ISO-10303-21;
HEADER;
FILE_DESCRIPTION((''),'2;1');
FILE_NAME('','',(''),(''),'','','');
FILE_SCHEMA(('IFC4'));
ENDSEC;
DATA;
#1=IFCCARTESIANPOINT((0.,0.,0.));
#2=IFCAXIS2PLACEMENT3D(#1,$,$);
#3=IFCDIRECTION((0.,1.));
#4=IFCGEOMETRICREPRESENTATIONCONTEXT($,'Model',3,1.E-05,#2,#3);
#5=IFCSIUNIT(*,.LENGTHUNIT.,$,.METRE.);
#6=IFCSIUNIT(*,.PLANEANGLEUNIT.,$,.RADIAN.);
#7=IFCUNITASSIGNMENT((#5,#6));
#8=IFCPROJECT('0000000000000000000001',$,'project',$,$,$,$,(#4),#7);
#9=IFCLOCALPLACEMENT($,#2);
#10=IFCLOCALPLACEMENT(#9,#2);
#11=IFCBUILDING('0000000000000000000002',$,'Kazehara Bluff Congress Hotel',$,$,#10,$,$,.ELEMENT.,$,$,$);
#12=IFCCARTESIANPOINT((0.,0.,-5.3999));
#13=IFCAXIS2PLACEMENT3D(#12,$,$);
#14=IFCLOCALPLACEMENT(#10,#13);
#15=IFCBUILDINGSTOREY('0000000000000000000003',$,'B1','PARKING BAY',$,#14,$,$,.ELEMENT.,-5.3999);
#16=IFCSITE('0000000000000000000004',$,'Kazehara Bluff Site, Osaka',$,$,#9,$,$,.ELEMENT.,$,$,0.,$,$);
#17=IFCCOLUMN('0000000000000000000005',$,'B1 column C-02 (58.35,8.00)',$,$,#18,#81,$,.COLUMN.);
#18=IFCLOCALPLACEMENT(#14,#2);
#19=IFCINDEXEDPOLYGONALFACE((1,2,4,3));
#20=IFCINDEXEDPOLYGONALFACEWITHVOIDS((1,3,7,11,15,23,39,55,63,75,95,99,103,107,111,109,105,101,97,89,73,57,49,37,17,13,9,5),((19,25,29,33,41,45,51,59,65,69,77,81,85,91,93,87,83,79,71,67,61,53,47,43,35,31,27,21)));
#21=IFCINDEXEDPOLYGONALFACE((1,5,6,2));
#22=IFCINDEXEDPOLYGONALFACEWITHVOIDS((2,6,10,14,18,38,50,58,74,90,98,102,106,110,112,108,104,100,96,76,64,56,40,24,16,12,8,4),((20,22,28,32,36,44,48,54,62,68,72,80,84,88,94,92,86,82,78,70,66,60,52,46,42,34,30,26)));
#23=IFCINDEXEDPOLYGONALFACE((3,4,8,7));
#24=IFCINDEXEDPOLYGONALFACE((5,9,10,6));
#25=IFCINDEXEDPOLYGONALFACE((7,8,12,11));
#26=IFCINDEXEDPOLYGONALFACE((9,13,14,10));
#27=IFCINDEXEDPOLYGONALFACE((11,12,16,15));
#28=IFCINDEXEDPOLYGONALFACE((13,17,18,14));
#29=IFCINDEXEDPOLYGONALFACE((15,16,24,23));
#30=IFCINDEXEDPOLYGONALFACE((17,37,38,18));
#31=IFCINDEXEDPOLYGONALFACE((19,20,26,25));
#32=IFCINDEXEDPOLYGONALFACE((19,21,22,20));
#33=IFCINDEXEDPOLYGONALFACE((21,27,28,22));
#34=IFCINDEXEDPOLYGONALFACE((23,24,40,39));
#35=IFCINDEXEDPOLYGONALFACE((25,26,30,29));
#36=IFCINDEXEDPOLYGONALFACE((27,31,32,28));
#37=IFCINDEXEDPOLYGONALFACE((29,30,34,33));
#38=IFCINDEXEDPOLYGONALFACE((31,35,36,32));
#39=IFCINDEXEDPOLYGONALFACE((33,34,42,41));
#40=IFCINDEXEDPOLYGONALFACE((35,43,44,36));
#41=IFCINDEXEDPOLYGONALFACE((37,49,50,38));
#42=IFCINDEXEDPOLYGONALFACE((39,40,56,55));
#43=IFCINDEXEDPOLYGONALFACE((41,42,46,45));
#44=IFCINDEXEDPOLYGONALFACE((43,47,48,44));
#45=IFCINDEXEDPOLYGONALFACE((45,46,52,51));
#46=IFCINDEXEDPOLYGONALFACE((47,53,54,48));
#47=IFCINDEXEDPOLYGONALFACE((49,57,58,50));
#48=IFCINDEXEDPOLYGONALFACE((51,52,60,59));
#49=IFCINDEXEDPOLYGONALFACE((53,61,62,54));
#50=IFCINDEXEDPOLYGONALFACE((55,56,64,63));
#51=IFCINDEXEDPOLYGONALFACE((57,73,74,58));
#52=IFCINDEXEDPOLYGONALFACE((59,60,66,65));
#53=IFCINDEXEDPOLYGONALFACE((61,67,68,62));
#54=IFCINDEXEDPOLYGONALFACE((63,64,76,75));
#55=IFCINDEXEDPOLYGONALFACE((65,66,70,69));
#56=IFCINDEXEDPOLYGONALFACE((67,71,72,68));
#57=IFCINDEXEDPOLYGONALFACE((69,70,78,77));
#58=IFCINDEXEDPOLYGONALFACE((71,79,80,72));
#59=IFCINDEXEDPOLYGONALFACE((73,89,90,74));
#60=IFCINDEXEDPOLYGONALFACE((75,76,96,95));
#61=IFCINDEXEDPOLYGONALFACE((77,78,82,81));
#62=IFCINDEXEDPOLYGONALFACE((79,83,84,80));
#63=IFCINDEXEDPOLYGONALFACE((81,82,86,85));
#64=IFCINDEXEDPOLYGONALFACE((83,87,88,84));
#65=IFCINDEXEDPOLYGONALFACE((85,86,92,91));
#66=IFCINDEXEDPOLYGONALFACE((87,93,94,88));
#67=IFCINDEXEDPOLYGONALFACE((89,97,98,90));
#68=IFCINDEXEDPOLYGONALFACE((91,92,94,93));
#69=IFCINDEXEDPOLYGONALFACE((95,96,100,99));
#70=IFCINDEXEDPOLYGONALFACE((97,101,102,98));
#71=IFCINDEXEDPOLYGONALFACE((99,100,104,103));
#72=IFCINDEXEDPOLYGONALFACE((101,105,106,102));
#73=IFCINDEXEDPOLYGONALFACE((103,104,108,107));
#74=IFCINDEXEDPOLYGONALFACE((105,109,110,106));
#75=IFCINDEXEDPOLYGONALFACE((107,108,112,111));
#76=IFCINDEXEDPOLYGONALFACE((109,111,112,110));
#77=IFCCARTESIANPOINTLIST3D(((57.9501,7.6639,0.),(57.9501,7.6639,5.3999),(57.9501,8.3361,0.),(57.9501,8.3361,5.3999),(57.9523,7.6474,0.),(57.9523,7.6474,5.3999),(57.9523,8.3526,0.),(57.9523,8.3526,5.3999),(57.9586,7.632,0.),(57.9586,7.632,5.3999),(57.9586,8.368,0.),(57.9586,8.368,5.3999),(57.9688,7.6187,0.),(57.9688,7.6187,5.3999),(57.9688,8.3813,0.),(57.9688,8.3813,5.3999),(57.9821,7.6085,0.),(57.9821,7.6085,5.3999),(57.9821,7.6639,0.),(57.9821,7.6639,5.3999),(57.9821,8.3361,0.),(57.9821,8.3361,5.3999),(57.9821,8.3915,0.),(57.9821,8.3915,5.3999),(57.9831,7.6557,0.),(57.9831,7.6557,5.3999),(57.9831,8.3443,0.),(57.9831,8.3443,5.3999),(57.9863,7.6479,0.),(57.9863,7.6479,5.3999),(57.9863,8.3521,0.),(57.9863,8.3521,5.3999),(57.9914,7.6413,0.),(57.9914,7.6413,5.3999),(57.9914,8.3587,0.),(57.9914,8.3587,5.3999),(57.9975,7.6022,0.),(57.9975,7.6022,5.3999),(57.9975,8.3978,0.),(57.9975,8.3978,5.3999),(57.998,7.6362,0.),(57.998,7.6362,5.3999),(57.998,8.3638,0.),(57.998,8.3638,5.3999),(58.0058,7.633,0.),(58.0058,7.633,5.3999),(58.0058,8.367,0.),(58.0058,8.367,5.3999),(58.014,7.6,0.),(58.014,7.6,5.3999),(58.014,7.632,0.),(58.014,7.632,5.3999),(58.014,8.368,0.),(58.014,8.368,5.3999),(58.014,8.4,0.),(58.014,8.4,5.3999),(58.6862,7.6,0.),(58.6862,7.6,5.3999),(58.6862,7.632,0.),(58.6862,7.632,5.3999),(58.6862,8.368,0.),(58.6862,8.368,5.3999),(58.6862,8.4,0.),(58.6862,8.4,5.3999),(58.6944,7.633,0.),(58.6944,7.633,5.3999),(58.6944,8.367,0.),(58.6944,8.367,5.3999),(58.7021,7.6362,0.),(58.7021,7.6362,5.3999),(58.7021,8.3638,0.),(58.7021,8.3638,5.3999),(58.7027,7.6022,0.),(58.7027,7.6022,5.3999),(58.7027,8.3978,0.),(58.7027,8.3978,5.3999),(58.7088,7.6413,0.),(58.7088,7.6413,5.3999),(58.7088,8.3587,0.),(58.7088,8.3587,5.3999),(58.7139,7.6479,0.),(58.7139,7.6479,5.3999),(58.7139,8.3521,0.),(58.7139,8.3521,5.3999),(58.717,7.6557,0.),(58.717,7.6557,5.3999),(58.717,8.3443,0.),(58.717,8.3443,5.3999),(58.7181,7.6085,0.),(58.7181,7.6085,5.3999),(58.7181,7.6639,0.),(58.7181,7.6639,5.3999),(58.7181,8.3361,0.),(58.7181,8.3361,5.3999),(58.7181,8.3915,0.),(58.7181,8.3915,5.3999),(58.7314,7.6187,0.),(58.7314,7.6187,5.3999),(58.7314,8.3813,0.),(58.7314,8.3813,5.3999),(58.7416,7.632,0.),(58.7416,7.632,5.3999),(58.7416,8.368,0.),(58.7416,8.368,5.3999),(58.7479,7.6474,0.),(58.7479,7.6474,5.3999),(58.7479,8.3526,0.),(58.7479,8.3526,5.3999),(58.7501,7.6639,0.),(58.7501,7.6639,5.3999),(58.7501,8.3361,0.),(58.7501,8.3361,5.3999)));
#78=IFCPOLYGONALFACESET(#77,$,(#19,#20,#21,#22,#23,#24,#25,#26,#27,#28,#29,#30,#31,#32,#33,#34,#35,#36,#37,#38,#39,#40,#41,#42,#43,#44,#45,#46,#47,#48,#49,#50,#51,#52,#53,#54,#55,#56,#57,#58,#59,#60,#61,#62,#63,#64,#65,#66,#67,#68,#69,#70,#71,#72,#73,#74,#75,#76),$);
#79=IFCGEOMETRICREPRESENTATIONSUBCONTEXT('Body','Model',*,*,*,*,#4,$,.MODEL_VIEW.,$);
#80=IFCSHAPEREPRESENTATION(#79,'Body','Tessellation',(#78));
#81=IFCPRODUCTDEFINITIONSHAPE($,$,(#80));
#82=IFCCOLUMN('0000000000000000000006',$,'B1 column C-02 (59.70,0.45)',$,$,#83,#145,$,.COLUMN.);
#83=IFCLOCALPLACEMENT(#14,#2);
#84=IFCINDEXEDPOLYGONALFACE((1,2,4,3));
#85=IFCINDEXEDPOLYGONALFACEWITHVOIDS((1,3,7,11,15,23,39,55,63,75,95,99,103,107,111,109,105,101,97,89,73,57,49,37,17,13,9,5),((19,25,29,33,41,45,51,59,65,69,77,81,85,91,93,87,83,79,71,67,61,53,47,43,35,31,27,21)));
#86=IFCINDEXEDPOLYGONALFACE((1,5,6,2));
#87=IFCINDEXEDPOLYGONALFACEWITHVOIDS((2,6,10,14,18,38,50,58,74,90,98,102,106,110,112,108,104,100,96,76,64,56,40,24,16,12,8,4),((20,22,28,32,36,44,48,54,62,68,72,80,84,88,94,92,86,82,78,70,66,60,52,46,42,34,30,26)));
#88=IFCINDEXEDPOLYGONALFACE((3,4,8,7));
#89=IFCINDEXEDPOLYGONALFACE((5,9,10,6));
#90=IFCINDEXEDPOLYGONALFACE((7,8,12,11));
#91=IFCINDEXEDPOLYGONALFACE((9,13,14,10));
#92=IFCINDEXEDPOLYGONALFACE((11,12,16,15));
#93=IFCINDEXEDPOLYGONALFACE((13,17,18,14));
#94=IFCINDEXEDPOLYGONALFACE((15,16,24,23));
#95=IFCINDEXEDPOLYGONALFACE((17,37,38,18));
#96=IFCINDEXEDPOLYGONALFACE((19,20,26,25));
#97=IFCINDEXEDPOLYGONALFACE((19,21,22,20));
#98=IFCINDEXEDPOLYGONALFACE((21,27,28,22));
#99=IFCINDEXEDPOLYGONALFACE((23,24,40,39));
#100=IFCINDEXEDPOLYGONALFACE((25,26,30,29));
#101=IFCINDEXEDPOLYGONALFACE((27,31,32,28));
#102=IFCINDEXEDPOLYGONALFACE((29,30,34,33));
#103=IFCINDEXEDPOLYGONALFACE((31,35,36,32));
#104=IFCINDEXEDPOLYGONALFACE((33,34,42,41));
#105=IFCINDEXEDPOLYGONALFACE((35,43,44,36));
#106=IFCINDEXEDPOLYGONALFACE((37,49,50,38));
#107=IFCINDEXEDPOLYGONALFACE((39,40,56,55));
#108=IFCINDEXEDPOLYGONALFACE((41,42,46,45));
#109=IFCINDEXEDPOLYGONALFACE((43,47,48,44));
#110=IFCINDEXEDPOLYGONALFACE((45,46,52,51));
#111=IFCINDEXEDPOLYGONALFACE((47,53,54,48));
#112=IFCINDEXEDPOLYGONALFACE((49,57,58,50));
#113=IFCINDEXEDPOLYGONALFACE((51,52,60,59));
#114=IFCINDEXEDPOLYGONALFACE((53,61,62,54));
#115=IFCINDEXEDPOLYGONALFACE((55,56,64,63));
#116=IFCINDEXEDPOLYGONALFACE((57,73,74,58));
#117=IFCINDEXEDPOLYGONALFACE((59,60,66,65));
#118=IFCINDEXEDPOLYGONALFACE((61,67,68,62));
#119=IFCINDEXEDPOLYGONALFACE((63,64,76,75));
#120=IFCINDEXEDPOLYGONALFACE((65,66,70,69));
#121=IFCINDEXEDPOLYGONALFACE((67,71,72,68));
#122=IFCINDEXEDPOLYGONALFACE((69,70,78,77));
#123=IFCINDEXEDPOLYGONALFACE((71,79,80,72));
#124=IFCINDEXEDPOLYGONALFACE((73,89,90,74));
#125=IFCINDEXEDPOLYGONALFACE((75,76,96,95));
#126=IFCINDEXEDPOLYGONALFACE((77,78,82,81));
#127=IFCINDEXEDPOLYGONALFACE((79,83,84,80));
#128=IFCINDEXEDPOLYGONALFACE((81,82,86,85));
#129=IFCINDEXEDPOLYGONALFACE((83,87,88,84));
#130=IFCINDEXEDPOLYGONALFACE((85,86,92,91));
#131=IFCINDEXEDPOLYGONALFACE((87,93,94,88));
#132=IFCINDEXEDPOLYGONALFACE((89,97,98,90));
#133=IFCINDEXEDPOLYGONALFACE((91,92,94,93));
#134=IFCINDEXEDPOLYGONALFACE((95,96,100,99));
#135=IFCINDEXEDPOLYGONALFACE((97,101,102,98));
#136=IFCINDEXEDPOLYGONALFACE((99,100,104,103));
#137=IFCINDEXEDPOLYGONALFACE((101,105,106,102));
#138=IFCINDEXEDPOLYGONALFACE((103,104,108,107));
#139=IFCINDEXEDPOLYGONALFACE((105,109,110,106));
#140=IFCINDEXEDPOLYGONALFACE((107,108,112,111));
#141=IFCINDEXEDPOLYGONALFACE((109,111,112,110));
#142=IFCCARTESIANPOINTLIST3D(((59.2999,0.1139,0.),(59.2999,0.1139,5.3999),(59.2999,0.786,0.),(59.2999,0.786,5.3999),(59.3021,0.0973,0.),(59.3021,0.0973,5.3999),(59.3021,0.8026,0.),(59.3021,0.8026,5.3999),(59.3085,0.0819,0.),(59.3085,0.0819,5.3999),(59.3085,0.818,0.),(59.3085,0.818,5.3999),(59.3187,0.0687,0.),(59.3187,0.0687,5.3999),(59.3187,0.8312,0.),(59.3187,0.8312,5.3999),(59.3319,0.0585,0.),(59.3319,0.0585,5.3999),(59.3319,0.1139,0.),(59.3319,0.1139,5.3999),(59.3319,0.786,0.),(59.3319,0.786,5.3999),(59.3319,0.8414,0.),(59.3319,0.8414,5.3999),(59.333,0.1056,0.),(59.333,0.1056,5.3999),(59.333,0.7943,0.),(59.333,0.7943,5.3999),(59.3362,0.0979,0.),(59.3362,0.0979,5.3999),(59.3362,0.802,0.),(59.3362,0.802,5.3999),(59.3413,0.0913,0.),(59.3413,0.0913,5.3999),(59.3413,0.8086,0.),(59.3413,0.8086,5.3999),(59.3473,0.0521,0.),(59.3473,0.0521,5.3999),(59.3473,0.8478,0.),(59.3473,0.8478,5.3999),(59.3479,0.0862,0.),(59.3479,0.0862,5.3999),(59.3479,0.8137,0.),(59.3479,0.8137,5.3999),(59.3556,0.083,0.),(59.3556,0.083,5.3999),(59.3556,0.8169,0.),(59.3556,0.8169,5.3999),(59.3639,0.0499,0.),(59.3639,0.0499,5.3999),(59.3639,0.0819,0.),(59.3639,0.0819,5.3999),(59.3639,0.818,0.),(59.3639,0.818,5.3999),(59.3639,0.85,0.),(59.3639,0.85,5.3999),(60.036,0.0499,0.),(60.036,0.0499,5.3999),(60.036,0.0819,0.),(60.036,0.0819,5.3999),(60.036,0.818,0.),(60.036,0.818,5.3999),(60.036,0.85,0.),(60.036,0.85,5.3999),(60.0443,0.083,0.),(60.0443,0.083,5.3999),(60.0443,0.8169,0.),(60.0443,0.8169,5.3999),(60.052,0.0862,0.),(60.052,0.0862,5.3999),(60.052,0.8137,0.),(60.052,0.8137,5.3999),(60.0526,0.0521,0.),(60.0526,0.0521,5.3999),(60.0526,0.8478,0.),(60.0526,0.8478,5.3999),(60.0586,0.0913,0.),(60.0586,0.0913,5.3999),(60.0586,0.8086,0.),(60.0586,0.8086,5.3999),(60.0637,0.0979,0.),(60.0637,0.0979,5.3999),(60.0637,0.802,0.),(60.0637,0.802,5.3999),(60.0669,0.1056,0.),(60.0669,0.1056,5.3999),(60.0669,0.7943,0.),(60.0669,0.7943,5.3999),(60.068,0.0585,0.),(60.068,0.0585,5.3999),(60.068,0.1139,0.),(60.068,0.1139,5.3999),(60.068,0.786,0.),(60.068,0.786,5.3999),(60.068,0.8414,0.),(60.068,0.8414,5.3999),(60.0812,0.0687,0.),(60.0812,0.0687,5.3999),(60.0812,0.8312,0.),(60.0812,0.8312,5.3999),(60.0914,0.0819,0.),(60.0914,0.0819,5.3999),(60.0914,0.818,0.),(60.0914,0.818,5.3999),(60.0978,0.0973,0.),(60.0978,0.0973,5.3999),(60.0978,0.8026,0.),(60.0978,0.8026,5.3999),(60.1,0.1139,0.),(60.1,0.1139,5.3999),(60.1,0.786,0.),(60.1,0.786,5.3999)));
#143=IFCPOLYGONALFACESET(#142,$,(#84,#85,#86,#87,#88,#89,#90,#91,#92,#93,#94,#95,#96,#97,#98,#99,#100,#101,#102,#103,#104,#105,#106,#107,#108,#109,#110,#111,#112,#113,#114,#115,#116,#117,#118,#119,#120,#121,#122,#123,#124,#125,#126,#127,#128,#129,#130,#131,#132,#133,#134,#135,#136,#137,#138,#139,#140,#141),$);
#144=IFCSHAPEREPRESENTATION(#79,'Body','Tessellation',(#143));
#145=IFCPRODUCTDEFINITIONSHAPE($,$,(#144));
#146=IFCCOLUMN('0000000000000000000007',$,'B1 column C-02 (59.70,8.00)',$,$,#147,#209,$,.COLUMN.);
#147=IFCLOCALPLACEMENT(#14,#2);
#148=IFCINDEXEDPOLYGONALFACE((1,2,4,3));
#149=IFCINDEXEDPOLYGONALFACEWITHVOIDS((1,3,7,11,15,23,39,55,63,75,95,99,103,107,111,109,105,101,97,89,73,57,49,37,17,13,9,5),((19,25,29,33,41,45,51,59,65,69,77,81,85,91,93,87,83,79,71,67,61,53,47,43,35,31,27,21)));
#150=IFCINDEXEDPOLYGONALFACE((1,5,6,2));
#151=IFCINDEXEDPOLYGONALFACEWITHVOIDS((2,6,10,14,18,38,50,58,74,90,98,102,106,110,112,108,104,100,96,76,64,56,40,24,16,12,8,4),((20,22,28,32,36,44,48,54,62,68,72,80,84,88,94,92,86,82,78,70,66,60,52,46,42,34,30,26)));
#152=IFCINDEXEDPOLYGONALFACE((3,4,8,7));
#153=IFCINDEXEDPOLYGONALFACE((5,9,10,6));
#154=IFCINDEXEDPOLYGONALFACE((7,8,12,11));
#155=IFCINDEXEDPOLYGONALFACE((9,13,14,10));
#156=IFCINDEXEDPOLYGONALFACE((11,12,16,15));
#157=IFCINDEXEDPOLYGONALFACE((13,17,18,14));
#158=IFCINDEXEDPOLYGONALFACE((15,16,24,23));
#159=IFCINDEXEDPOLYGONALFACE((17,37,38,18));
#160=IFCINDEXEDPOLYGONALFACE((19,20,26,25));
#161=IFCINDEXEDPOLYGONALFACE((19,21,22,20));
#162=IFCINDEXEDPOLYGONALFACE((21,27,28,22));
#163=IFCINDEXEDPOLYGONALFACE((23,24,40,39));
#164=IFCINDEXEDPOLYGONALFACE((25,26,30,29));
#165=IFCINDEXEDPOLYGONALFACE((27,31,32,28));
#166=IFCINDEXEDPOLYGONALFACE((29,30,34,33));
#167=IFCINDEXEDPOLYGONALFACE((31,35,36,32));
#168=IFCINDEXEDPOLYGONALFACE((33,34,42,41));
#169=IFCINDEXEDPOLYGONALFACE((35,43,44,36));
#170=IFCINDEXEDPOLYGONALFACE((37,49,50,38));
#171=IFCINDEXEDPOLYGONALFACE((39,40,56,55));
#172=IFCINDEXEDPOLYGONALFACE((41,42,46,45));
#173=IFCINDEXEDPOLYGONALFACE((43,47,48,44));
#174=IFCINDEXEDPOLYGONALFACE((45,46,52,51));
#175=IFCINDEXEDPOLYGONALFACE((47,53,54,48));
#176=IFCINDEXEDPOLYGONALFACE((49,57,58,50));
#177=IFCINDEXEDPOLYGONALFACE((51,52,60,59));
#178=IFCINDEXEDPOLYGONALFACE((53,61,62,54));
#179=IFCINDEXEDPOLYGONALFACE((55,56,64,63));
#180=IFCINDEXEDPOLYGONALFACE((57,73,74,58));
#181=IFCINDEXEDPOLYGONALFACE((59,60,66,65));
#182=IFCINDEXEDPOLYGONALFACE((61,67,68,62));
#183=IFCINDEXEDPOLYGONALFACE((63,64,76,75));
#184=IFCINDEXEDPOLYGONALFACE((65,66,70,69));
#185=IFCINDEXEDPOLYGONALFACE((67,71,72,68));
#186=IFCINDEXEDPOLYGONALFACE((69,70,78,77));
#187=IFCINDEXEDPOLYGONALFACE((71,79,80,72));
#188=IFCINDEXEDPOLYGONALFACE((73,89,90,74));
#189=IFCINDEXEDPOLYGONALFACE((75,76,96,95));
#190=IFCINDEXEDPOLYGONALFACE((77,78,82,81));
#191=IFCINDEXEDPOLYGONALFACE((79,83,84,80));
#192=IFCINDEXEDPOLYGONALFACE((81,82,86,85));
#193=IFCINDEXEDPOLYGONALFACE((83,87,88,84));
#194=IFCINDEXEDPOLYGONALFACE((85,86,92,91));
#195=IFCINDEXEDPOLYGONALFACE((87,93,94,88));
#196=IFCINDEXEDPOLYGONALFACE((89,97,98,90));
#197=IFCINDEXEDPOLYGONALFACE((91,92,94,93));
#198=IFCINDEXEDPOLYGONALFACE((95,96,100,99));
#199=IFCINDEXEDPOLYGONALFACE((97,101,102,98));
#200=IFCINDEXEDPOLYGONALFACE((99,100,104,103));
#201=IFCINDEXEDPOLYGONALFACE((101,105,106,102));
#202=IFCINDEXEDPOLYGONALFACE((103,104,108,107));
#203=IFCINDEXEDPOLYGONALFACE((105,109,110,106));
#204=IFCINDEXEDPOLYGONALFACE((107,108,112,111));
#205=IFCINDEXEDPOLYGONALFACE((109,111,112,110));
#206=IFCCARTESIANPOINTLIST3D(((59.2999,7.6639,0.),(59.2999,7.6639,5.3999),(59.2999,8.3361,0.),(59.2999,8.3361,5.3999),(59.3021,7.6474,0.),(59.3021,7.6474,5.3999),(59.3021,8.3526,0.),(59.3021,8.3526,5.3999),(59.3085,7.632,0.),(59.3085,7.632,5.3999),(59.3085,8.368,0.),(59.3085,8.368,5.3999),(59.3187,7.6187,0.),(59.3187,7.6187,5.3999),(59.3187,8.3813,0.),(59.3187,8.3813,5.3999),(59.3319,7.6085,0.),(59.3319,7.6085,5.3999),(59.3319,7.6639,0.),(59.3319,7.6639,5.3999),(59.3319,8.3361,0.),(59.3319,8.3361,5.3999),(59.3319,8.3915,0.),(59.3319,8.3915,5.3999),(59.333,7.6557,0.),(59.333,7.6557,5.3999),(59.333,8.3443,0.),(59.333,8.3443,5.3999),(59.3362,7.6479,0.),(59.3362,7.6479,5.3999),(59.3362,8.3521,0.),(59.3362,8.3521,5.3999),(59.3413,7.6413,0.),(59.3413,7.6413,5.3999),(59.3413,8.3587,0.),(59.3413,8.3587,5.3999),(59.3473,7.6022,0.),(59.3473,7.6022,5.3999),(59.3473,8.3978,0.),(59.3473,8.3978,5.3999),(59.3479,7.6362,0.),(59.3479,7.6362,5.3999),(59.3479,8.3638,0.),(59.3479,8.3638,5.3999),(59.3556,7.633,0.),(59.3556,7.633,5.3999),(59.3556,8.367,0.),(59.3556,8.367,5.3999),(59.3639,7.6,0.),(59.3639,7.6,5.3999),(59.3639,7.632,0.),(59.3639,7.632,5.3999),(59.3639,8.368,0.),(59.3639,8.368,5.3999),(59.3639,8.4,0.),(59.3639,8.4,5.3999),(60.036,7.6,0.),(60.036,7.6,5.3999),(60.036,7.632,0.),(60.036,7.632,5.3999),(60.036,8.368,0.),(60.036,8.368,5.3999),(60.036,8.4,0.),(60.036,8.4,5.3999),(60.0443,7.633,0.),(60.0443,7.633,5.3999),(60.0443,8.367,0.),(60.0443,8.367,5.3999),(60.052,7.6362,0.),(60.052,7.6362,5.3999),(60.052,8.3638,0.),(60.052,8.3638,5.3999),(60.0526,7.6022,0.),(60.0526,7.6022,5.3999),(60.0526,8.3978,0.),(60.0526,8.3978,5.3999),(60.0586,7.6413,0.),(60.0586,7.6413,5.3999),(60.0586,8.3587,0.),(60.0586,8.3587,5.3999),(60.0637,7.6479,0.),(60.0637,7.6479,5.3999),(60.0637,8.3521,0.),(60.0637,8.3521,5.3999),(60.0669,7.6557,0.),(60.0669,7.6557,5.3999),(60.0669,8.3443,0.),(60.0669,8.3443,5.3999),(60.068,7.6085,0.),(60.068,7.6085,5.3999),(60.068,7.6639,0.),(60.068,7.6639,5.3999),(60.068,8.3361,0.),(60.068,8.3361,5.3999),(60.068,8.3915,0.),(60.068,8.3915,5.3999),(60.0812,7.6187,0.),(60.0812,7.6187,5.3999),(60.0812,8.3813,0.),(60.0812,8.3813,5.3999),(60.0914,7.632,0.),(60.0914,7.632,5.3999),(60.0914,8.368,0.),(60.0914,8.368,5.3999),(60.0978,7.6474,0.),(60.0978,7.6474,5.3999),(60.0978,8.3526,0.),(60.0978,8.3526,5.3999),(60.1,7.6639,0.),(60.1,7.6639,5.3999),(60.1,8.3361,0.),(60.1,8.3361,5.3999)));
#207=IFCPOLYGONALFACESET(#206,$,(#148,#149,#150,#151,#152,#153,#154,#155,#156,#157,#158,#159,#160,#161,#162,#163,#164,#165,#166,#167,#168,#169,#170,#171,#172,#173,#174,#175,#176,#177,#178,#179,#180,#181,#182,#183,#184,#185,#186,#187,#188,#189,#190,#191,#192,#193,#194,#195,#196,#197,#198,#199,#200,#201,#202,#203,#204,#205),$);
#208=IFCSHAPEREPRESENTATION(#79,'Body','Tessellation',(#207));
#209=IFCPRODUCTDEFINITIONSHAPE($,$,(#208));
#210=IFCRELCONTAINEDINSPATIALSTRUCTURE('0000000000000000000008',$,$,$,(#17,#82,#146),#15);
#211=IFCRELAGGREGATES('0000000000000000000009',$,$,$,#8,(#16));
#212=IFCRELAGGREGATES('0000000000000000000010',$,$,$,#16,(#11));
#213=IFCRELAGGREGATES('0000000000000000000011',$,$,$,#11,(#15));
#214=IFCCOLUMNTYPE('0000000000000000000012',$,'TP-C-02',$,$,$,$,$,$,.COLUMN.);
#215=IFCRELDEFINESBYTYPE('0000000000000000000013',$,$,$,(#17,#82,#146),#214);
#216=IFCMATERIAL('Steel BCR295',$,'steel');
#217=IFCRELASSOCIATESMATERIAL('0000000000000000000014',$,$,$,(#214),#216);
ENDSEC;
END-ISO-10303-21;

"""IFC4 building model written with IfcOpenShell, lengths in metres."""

from ifc_helpers import new_model, si_unit, direction, frame, origin, origin_2d, place, context, subcontext, project, spatial, hollow_rectangle, extrude, material, material_profile, profile_set, type_object, element, save


model = new_model("IFC4")

# Units and contexts
model_context = context("Model", 3, precision=1e-05, world=origin(), true_north=direction((0.0, 1.0)))
body_context = subcontext(model_context, "Body", "Model", "MODEL_VIEW")
ifc_project = project(units=[si_unit("LENGTHUNIT", "METRE"), si_unit("PLANEANGLEUNIT", "RADIAN")], contexts=[model_context])

# Site, building, storey
site_placement = place(None, origin())
site = spatial("IfcSite", under=ifc_project, at=site_placement, Name="Kazehara Bluff Site, Osaka", CompositionType="ELEMENT", RefElevation=0.0)
building_placement = place(site_placement, origin())
building = spatial("IfcBuilding", under=site, at=building_placement, Name="Kazehara Bluff Congress Hotel", CompositionType="ELEMENT")
storey_placement = place(building_placement, frame((0.0, 0.0, -5.3999)))
storey = spatial("IfcBuildingStorey", under=building, at=storey_placement, Name="B1", Description="PARKING BAY", CompositionType="ELEMENT", Elevation=-5.3999)

# Columns
ifc_material_1 = material(Name="Steel BCR295", Category="steel")
ifc_material_profile_1 = material_profile(ifc_material_1, hollow_rectangle(XDim=0.8, YDim=0.8, WallThickness=0.032, InnerFilletRadius=0.032, OuterFilletRadius=0.064, at=origin_2d()))
ifc_profile_set_1 = profile_set([ifc_material_profile_1], Name="Steel BCR295")
column_type = type_object("IfcColumnType", Name="TP-C-02", PredefinedType="COLUMN", material=ifc_profile_set_1)
for number, where, z_axis, x_axis, name in (
    (1, (58.3501, 8.0, 0.0), (0.0, 0.0, 1.0), (1.0, 0.0, 0.0), "B1 column C-02 (58.35,8.00)"),
    (2, (59.7, 0.45, 0.0), (0.0, 0.0, 1.0), (1.0, 0.0, 0.0), "B1 column C-02 (59.70,0.45)"),
    (3, (59.7, 8.0, 0.0), (0.0, 0.0, 1.0), (1.0, 0.0, 0.0), "B1 column C-02 (59.70,8.00)"),
):
    element("IfcColumn", number, at=place(storey_placement, frame(where, z_axis=z_axis, x_axis=x_axis)), inside=storey, type_object=column_type, Name=name, PredefinedType="COLUMN", context=body_context, shape_type="SweptSolid", body=[
        extrude(hollow_rectangle(XDim=0.8, YDim=0.8, WallThickness=0.032, InnerFilletRadius=0.032, OuterFilletRadius=0.064, at=origin_2d()), origin(), (0.0, 0.0, 1.0), 5.3999),
    ])

save(model, "model.ifc")
